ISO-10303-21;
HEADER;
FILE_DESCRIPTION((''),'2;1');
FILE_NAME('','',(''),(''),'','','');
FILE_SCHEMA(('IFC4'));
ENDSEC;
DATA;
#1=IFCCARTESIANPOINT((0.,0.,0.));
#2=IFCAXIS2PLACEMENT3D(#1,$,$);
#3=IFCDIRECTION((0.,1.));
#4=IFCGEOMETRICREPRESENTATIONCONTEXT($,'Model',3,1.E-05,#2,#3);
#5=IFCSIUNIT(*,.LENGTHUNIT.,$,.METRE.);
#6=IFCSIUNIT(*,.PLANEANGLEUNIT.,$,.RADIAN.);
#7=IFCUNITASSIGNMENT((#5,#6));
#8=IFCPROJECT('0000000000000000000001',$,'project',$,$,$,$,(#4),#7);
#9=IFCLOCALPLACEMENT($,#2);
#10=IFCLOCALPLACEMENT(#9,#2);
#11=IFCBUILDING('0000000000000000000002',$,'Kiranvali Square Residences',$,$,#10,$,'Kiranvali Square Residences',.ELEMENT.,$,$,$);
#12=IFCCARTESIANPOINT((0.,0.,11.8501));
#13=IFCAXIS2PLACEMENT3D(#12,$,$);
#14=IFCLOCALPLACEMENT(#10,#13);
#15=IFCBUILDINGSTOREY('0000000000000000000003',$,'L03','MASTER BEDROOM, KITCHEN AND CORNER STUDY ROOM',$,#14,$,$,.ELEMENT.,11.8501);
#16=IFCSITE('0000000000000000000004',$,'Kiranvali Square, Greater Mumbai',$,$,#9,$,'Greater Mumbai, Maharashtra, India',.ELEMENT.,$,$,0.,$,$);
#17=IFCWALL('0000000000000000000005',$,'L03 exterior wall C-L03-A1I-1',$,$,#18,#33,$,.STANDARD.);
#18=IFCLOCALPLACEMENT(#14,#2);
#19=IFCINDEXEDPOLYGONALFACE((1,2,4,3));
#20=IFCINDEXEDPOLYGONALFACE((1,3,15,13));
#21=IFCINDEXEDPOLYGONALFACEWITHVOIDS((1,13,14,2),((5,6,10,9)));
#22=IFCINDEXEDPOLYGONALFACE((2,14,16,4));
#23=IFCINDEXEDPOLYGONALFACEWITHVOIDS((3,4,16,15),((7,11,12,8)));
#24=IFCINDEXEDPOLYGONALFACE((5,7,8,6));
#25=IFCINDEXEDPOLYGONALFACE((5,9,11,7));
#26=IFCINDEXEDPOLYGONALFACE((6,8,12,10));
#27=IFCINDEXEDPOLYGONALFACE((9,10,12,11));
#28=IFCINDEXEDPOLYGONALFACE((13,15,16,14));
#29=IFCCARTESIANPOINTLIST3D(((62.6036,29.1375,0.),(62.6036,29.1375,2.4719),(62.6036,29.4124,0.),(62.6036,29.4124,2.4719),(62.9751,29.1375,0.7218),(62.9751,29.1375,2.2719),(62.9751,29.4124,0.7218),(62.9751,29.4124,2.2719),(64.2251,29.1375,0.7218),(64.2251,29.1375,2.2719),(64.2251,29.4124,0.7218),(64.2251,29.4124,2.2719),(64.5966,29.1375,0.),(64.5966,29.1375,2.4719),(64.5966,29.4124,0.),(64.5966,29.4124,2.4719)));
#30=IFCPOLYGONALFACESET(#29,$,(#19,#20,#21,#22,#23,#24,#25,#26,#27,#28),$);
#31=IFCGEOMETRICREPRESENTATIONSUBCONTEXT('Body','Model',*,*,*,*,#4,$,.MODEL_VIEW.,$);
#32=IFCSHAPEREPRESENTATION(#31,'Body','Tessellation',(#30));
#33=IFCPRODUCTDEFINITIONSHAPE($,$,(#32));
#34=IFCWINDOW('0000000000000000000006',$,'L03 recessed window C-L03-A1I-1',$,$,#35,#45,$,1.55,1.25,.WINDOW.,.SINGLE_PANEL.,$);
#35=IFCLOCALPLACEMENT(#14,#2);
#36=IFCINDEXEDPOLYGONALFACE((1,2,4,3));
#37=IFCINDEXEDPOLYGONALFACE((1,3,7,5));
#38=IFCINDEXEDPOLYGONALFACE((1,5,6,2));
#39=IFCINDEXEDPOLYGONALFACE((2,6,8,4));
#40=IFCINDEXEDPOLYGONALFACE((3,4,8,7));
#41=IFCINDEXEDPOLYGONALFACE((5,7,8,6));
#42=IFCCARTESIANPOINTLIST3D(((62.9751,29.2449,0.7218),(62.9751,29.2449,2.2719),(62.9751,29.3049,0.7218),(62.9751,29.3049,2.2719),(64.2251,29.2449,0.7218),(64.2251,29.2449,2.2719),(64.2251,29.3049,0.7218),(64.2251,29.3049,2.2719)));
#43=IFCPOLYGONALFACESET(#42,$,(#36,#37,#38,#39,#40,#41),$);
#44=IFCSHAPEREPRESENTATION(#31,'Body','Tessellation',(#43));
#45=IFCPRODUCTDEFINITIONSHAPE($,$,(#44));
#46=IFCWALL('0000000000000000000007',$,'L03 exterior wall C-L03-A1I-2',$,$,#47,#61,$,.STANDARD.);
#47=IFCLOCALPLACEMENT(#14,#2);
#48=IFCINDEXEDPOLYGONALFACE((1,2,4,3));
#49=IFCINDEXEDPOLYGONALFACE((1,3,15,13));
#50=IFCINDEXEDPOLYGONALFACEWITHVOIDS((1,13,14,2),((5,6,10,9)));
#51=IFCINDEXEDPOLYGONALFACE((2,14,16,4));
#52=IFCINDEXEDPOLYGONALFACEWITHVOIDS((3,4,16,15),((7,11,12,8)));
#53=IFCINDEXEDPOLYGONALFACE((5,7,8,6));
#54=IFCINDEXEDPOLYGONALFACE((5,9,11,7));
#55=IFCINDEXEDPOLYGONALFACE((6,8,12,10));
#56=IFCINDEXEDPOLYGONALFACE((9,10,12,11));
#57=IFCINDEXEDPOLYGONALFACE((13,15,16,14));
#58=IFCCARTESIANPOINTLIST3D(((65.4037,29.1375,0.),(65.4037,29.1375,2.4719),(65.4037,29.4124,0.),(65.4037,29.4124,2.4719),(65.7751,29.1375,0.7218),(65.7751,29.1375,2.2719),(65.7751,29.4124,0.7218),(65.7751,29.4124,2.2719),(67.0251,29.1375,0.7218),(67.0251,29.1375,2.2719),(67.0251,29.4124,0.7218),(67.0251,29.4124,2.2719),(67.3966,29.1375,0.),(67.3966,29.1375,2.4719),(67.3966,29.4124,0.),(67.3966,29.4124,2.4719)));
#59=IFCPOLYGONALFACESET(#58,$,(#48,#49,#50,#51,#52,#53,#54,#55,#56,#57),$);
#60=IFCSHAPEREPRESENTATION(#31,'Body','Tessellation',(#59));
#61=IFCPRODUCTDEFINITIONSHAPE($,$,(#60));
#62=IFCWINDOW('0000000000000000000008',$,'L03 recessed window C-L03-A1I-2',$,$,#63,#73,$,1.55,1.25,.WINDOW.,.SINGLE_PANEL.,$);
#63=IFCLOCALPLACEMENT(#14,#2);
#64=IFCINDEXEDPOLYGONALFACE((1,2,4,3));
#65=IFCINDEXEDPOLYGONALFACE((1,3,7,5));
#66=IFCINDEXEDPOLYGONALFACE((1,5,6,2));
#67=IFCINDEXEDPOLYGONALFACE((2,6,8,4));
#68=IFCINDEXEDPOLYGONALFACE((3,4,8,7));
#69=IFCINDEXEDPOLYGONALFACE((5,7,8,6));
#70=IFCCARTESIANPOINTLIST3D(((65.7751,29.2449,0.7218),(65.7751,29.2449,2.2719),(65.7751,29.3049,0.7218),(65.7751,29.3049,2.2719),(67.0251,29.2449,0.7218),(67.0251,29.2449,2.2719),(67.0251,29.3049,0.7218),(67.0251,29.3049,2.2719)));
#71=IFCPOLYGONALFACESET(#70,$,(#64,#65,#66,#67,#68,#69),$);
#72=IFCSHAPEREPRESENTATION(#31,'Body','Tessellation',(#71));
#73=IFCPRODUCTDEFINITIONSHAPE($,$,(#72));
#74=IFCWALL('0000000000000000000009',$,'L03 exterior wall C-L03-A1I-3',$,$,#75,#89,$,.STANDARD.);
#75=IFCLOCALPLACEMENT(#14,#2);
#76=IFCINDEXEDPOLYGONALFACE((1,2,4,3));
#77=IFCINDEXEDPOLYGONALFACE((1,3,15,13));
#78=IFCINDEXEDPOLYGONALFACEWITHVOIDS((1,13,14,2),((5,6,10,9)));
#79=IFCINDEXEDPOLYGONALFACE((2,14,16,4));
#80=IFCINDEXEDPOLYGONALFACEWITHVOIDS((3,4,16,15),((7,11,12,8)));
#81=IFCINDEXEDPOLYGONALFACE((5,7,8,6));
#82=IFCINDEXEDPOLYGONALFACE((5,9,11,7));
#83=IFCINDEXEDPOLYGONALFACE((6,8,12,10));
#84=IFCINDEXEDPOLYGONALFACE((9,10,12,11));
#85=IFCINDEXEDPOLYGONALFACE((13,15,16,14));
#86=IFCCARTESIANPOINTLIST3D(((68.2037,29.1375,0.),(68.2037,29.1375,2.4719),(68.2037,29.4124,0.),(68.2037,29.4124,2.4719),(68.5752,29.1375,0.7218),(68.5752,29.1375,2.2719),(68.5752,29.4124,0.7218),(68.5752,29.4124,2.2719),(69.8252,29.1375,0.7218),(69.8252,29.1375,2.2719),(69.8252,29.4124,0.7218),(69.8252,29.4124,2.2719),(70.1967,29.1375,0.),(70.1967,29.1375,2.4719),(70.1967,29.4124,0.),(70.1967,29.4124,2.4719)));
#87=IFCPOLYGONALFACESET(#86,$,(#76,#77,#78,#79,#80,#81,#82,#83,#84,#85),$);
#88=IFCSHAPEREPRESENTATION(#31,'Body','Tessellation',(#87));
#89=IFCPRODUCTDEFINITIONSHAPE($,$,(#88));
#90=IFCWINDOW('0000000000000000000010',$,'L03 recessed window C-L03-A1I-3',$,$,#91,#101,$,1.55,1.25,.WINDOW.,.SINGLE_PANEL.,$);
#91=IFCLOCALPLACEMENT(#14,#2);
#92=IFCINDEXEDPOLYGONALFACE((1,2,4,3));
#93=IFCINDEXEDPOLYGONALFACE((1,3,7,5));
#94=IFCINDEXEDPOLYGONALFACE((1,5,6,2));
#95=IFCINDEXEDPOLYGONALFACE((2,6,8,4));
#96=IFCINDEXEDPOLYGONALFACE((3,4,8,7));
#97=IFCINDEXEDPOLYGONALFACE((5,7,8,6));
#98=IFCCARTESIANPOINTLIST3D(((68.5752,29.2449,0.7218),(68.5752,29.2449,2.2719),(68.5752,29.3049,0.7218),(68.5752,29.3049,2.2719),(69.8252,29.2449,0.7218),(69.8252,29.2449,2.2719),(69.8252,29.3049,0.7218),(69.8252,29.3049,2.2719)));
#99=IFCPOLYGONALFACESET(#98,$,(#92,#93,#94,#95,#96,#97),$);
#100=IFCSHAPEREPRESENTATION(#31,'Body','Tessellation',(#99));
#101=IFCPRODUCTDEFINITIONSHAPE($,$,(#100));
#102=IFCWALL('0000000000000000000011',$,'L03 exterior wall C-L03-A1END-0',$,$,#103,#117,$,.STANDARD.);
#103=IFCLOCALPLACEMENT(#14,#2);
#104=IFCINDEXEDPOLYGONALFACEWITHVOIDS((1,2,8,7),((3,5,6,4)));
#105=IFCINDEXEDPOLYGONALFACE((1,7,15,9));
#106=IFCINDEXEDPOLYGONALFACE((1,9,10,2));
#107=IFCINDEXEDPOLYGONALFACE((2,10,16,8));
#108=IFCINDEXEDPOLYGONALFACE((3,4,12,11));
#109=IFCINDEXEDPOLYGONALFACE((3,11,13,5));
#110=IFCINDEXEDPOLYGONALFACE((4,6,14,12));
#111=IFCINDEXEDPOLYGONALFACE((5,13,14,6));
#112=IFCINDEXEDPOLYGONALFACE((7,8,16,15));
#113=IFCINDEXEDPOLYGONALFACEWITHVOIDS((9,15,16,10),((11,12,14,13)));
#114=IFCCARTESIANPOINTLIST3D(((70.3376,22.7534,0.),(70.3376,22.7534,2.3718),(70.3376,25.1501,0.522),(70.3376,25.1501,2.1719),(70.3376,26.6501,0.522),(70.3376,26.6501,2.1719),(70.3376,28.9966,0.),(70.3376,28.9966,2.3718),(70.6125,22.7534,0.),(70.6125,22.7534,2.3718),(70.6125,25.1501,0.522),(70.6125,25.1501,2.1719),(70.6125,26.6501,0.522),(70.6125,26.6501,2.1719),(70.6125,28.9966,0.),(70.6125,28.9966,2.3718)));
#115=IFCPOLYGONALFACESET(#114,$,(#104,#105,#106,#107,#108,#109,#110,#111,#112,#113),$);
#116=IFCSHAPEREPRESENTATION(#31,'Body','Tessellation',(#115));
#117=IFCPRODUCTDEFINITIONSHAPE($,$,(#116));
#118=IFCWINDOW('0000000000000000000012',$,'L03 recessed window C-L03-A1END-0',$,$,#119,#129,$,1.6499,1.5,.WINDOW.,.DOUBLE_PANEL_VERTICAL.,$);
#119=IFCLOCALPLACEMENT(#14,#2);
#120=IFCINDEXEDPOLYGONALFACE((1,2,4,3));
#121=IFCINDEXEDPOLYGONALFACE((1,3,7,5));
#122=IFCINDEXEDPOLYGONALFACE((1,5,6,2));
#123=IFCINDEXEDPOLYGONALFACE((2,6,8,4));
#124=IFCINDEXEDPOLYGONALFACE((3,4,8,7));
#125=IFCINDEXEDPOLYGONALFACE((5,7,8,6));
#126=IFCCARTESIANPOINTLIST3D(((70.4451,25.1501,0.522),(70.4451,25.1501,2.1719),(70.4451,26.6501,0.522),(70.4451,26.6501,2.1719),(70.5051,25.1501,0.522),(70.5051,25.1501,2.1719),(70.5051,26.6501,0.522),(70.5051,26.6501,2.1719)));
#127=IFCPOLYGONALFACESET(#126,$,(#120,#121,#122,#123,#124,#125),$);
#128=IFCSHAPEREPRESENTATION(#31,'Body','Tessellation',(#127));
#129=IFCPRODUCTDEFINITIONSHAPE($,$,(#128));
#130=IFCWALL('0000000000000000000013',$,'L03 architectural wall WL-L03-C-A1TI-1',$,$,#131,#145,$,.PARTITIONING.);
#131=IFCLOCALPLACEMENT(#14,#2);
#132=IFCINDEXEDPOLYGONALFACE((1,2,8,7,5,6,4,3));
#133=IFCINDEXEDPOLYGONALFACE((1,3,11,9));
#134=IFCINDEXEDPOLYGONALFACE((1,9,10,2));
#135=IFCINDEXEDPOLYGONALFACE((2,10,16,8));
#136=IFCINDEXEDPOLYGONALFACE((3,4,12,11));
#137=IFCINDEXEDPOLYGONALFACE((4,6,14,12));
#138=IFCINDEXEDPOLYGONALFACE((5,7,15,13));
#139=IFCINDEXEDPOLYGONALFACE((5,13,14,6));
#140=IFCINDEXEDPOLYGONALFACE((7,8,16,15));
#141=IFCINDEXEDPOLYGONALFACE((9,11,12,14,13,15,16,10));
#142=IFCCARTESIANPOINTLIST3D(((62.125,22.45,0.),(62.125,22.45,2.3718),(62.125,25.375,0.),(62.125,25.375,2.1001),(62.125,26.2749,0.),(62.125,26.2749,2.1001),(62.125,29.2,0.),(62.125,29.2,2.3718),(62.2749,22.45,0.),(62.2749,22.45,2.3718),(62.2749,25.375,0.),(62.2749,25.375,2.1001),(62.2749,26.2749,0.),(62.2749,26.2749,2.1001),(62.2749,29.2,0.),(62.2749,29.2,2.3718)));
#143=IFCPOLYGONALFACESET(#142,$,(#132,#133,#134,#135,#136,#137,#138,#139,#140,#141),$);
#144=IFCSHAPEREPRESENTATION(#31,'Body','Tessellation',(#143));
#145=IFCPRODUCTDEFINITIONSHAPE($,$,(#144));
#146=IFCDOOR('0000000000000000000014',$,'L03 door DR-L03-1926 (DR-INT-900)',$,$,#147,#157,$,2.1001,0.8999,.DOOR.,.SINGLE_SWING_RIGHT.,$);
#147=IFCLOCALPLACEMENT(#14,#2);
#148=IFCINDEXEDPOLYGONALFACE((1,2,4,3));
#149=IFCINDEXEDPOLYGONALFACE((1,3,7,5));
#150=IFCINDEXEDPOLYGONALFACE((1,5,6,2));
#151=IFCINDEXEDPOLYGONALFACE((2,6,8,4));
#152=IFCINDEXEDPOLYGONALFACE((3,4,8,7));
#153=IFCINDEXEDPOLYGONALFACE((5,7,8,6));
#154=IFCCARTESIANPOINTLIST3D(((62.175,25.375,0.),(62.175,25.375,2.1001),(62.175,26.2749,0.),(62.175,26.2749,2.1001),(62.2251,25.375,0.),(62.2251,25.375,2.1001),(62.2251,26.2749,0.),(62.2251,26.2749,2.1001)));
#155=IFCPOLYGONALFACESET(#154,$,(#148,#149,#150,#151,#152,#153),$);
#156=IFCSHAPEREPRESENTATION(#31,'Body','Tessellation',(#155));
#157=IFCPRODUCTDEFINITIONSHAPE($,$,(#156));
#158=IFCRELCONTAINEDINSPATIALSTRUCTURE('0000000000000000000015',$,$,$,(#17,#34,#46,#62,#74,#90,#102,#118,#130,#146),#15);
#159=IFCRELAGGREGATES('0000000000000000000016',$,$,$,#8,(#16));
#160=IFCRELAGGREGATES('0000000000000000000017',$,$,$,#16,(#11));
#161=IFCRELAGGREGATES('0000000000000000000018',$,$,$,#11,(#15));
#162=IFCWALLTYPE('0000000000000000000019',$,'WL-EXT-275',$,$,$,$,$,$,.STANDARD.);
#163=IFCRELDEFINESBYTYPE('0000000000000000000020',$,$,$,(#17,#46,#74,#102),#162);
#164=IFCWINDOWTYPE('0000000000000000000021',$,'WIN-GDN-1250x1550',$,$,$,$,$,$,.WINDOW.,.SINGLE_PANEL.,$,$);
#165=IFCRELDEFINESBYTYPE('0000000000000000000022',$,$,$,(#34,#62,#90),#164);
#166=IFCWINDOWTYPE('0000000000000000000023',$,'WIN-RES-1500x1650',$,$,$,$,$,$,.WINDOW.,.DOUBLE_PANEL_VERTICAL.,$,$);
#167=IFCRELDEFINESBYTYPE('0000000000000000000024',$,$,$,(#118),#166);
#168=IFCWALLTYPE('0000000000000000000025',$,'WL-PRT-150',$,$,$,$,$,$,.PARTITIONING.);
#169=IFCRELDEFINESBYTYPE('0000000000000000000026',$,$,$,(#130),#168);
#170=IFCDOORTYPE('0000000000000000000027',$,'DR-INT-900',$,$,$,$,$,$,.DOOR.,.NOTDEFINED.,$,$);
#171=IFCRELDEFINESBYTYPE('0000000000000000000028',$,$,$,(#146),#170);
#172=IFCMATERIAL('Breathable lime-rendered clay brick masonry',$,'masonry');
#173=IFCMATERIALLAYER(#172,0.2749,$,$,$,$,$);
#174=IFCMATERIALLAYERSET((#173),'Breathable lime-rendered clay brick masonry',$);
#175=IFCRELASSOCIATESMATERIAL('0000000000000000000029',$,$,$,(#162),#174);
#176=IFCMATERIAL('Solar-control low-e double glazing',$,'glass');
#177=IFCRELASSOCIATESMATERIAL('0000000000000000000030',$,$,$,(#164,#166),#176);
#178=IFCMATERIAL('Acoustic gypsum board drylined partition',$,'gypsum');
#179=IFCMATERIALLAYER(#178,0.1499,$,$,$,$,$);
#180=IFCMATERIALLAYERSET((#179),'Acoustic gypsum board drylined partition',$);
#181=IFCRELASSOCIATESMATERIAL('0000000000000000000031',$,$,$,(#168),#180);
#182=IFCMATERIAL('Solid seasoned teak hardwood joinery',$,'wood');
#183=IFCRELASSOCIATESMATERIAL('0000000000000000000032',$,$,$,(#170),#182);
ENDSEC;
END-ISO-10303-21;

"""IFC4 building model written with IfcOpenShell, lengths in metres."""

from ifc_helpers import new_model, si_unit, direction, frame, frame_2d, origin, place, context, subcontext, project, spatial, rectangle, extrude, material, layer, layer_set, type_object, element, fill, save


model = new_model("IFC4")

# Units and contexts
model_context = context("Model", 3, precision=1e-05, world=origin(), true_north=direction((0.0, 1.0)))
body_context = subcontext(model_context, "Body", "Model", "MODEL_VIEW")
ifc_project = project(units=[si_unit("LENGTHUNIT", "METRE"), si_unit("PLANEANGLEUNIT", "RADIAN")], contexts=[model_context])

# Site, building, storey
site_placement = place(None, origin())
site = spatial("IfcSite", under=ifc_project, at=site_placement, Name="Kiranvali Square, Greater Mumbai", LongName="Greater Mumbai, Maharashtra, India", CompositionType="ELEMENT", RefElevation=0.0)
building_placement = place(site_placement, origin())
building = spatial("IfcBuilding", under=site, at=building_placement, Name="Kiranvali Square Residences", LongName="Kiranvali Square Residences", CompositionType="ELEMENT")
storey_placement = place(building_placement, frame((0.0, 0.0, 11.8501)))
storey = spatial("IfcBuildingStorey", under=building, at=storey_placement, Name="L03", Description="MASTER BEDROOM, KITCHEN AND CORNER STUDY ROOM", CompositionType="ELEMENT", Elevation=11.8501)

# Walls, openings, windows
ifc_material_1 = material(Name="Breathable lime-rendered clay brick masonry", Category="masonry")
ifc_layer_1 = layer(ifc_material_1, 0.2749)
ifc_layer_set_1 = layer_set([ifc_layer_1], Name="Breathable lime-rendered clay brick masonry")
wall_type_1 = type_object("IfcWallType", Name="WL-EXT-275", PredefinedType="STANDARD", material=ifc_layer_set_1)
ifc_material_2 = material(Name="Solar-control low-e double glazing", Category="glass")
window_type_1 = type_object("IfcWindowType", Name="WIN-GDN-1250x1550", PartitioningType="SINGLE_PANEL", PredefinedType="WINDOW", material=ifc_material_2)
wall_1_placement = place(storey_placement, frame((62.6035, 29.2749, 0.0), z_axis=(0.0, 0.0, 1.0), x_axis=(1.0, 0.0, 0.0)))
wall_1 = element("IfcWall", 1, at=wall_1_placement, inside=storey, type_object=wall_type_1, Name="L03 exterior wall C-L03-A1I-1", PredefinedType="STANDARD", context=body_context, shape_type="SweptSolid", body=[
    extrude(rectangle(XDim=1.9929, YDim=0.2749, at=frame_2d((0.9966, 0.0))), origin(), (0.0, 0.0, 1.0), 2.4719),
])
opening_1_placement = place(wall_1_placement, frame((0.3716, 0.0, 0.7219)))
opening_1 = element("IfcOpeningElement", 2, at=opening_1_placement, cuts=wall_1, PredefinedType="OPENING", context=body_context, shape_type="SweptSolid", body=[
    extrude(rectangle(XDim=1.25, YDim=1.55, at=frame_2d((0.625, 0.7749))), frame((0.0, 0.1475, 0.0), z_axis=(0.0, -1.0, 0.0), x_axis=(1.0, 0.0, 0.0)), (0.0, 0.0, 1.0), 0.2949),
])
window_1_placement = place(opening_1_placement, origin())
window_1 = element("IfcWindow", 3, at=window_1_placement, inside=storey, type_object=window_type_1, Name="L03 recessed window C-L03-A1I-1", OverallHeight=1.55, OverallWidth=1.25, PartitioningType="SINGLE_PANEL", PredefinedType="WINDOW", context=body_context, shape_type="SweptSolid", body=[
    extrude(rectangle(XDim=1.25, YDim=1.55, at=frame_2d((0.625, 0.7749))), frame((0.0, 0.03, 0.0), z_axis=(0.0, -1.0, 0.0), x_axis=(1.0, 0.0, 0.0)), (0.0, 0.0, 1.0), 0.0601),
])
fill(opening_1, window_1)
wall_2_placement = place(storey_placement, frame((65.4036, 29.2749, 0.0), z_axis=(0.0, 0.0, 1.0), x_axis=(1.0, 0.0, 0.0)))
wall_2 = element("IfcWall", 4, at=wall_2_placement, inside=storey, type_object=wall_type_1, Name="L03 exterior wall C-L03-A1I-2", PredefinedType="STANDARD", context=body_context, shape_type="SweptSolid", body=[
    extrude(rectangle(XDim=1.9929, YDim=0.2749, at=frame_2d((0.9966, 0.0))), origin(), (0.0, 0.0, 1.0), 2.4719),
])
opening_2_placement = place(wall_2_placement, frame((0.3716, 0.0, 0.7219)))
opening_2 = element("IfcOpeningElement", 5, at=opening_2_placement, cuts=wall_2, PredefinedType="OPENING", context=body_context, shape_type="SweptSolid", body=[
    extrude(rectangle(XDim=1.25, YDim=1.55, at=frame_2d((0.625, 0.7749))), frame((0.0, 0.1475, 0.0), z_axis=(0.0, -1.0, 0.0), x_axis=(1.0, 0.0, 0.0)), (0.0, 0.0, 1.0), 0.2949),
])
window_2_placement = place(opening_2_placement, origin())
window_2 = element("IfcWindow", 6, at=window_2_placement, inside=storey, type_object=window_type_1, Name="L03 recessed window C-L03-A1I-2", OverallHeight=1.55, OverallWidth=1.25, PartitioningType="SINGLE_PANEL", PredefinedType="WINDOW", context=body_context, shape_type="SweptSolid", body=[
    extrude(rectangle(XDim=1.25, YDim=1.55, at=frame_2d((0.625, 0.7749))), frame((0.0, 0.03, 0.0), z_axis=(0.0, -1.0, 0.0), x_axis=(1.0, 0.0, 0.0)), (0.0, 0.0, 1.0), 0.0601),
])
fill(opening_2, window_2)
wall_3_placement = place(storey_placement, frame((68.2036, 29.2749, 0.0), z_axis=(0.0, 0.0, 1.0), x_axis=(1.0, 0.0, 0.0)))
wall_3 = element("IfcWall", 7, at=wall_3_placement, inside=storey, type_object=wall_type_1, Name="L03 exterior wall C-L03-A1I-3", PredefinedType="STANDARD", context=body_context, shape_type="SweptSolid", body=[
    extrude(rectangle(XDim=1.9929, YDim=0.2749, at=frame_2d((0.9966, 0.0))), origin(), (0.0, 0.0, 1.0), 2.4719),
])
opening_3_placement = place(wall_3_placement, frame((0.3716, 0.0, 0.7219)))
opening_3 = element("IfcOpeningElement", 8, at=opening_3_placement, cuts=wall_3, PredefinedType="OPENING", context=body_context, shape_type="SweptSolid", body=[
    extrude(rectangle(XDim=1.25, YDim=1.55, at=frame_2d((0.625, 0.7749))), frame((0.0, 0.1475, 0.0), z_axis=(0.0, -1.0, 0.0), x_axis=(1.0, 0.0, 0.0)), (0.0, 0.0, 1.0), 0.2949),
])
window_3_placement = place(opening_3_placement, origin())
window_3 = element("IfcWindow", 9, at=window_3_placement, inside=storey, type_object=window_type_1, Name="L03 recessed window C-L03-A1I-3", OverallHeight=1.55, OverallWidth=1.25, PartitioningType="SINGLE_PANEL", PredefinedType="WINDOW", context=body_context, shape_type="SweptSolid", body=[
    extrude(rectangle(XDim=1.25, YDim=1.55, at=frame_2d((0.625, 0.7749))), frame((0.0, 0.03, 0.0), z_axis=(0.0, -1.0, 0.0), x_axis=(1.0, 0.0, 0.0)), (0.0, 0.0, 1.0), 0.0601),
])
fill(opening_3, window_3)
wall_4_placement = place(storey_placement, frame((70.4751, 28.9966, 0.0), z_axis=(0.0, 0.0, 1.0), x_axis=(0.0, -1.0, 0.0)))
wall_4 = element("IfcWall", 10, at=wall_4_placement, inside=storey, type_object=wall_type_1, Name="L03 exterior wall C-L03-A1END-0", PredefinedType="STANDARD", context=body_context, shape_type="SweptSolid", body=[
    extrude(rectangle(XDim=6.2432, YDim=0.2749, at=frame_2d((3.1216, 0.0))), origin(), (0.0, 0.0, 1.0), 2.3718),
])
opening_4_placement = place(wall_4_placement, frame((2.3464, 0.0, 0.522)))
opening_4 = element("IfcOpeningElement", 11, at=opening_4_placement, cuts=wall_4, PredefinedType="OPENING", context=body_context, shape_type="SweptSolid", body=[
    extrude(rectangle(XDim=1.5, YDim=1.6499, at=frame_2d((0.75, 0.825))), frame((0.0, 0.1475, 0.0), z_axis=(0.0, -1.0, 0.0), x_axis=(1.0, 0.0, 0.0)), (0.0, 0.0, 1.0), 0.2949),
])
window_type_2 = type_object("IfcWindowType", Name="WIN-RES-1500x1650", PartitioningType="DOUBLE_PANEL_VERTICAL", PredefinedType="WINDOW", material=ifc_material_2)
window_4_placement = place(opening_4_placement, origin())
window_4 = element("IfcWindow", 12, at=window_4_placement, inside=storey, type_object=window_type_2, Name="L03 recessed window C-L03-A1END-0", OverallHeight=1.6499, OverallWidth=1.5, PartitioningType="DOUBLE_PANEL_VERTICAL", PredefinedType="WINDOW", context=body_context, shape_type="SweptSolid", body=[
    extrude(rectangle(XDim=1.5, YDim=1.6499, at=frame_2d((0.75, 0.825))), frame((0.0, 0.03, 0.0), z_axis=(0.0, -1.0, 0.0), x_axis=(1.0, 0.0, 0.0)), (0.0, 0.0, 1.0), 0.0601),
])
fill(opening_4, window_4)

# Wall, opening, door
ifc_material_3 = material(Name="Acoustic gypsum board drylined partition", Category="gypsum")
ifc_layer_2 = layer(ifc_material_3, 0.1499)
ifc_layer_set_2 = layer_set([ifc_layer_2], Name="Acoustic gypsum board drylined partition")
wall_type_2 = type_object("IfcWallType", Name="WL-PRT-150", PredefinedType="PARTITIONING", material=ifc_layer_set_2)
wall_5_placement = place(storey_placement, frame((62.2, 29.2, 0.0), z_axis=(0.0, 0.0, 1.0), x_axis=(0.0, -1.0, 0.0)))
wall_5 = element("IfcWall", 13, at=wall_5_placement, inside=storey, type_object=wall_type_2, Name="L03 architectural wall WL-L03-C-A1TI-1", PredefinedType="PARTITIONING", context=body_context, shape_type="SweptSolid", body=[
    extrude(rectangle(XDim=6.75, YDim=0.1499, at=frame_2d((3.375, 0.0))), origin(), (0.0, 0.0, 1.0), 2.3718),
])
opening_5_placement = place(wall_5_placement, frame((2.925, 0.0, 0.0)))
opening_5 = element("IfcOpeningElement", 14, at=opening_5_placement, cuts=wall_5, PredefinedType="OPENING", context=body_context, shape_type="SweptSolid", body=[
    extrude(rectangle(XDim=0.8999, YDim=2.1001, at=frame_2d((0.45, 1.05))), frame((0.0, 0.085, 0.0), z_axis=(0.0, -1.0, 0.0), x_axis=(1.0, 0.0, 0.0)), (0.0, 0.0, 1.0), 0.1699),
])
ifc_material_4 = material(Name="Solid seasoned teak hardwood joinery", Category="wood")
door_type = type_object("IfcDoorType", Name="DR-INT-900", OperationType="NOTDEFINED", PredefinedType="DOOR", material=ifc_material_4)
door_1_placement = place(opening_5_placement, frame((0.8999, 0.0, 0.0), z_axis=(0.0, 0.0, 1.0), x_axis=(-1.0, 0.0, 0.0)))
door_1 = element("IfcDoor", 15, at=door_1_placement, inside=storey, type_object=door_type, Name="L03 door DR-L03-1926 (DR-INT-900)", OperationType="SINGLE_SWING_RIGHT", OverallHeight=2.1001, OverallWidth=0.8999, PredefinedType="DOOR", context=body_context, shape_type="SweptSolid", body=[
    extrude(rectangle(XDim=0.8999, YDim=2.1001, at=frame_2d((0.45, 1.05))), frame((0.0, 0.0249, 0.0), z_axis=(0.0, -1.0, 0.0), x_axis=(1.0, 0.0, 0.0)), (0.0, 0.0, 1.0), 0.05),
])
fill(opening_5, door_1)

save(model, "model.ifc")
